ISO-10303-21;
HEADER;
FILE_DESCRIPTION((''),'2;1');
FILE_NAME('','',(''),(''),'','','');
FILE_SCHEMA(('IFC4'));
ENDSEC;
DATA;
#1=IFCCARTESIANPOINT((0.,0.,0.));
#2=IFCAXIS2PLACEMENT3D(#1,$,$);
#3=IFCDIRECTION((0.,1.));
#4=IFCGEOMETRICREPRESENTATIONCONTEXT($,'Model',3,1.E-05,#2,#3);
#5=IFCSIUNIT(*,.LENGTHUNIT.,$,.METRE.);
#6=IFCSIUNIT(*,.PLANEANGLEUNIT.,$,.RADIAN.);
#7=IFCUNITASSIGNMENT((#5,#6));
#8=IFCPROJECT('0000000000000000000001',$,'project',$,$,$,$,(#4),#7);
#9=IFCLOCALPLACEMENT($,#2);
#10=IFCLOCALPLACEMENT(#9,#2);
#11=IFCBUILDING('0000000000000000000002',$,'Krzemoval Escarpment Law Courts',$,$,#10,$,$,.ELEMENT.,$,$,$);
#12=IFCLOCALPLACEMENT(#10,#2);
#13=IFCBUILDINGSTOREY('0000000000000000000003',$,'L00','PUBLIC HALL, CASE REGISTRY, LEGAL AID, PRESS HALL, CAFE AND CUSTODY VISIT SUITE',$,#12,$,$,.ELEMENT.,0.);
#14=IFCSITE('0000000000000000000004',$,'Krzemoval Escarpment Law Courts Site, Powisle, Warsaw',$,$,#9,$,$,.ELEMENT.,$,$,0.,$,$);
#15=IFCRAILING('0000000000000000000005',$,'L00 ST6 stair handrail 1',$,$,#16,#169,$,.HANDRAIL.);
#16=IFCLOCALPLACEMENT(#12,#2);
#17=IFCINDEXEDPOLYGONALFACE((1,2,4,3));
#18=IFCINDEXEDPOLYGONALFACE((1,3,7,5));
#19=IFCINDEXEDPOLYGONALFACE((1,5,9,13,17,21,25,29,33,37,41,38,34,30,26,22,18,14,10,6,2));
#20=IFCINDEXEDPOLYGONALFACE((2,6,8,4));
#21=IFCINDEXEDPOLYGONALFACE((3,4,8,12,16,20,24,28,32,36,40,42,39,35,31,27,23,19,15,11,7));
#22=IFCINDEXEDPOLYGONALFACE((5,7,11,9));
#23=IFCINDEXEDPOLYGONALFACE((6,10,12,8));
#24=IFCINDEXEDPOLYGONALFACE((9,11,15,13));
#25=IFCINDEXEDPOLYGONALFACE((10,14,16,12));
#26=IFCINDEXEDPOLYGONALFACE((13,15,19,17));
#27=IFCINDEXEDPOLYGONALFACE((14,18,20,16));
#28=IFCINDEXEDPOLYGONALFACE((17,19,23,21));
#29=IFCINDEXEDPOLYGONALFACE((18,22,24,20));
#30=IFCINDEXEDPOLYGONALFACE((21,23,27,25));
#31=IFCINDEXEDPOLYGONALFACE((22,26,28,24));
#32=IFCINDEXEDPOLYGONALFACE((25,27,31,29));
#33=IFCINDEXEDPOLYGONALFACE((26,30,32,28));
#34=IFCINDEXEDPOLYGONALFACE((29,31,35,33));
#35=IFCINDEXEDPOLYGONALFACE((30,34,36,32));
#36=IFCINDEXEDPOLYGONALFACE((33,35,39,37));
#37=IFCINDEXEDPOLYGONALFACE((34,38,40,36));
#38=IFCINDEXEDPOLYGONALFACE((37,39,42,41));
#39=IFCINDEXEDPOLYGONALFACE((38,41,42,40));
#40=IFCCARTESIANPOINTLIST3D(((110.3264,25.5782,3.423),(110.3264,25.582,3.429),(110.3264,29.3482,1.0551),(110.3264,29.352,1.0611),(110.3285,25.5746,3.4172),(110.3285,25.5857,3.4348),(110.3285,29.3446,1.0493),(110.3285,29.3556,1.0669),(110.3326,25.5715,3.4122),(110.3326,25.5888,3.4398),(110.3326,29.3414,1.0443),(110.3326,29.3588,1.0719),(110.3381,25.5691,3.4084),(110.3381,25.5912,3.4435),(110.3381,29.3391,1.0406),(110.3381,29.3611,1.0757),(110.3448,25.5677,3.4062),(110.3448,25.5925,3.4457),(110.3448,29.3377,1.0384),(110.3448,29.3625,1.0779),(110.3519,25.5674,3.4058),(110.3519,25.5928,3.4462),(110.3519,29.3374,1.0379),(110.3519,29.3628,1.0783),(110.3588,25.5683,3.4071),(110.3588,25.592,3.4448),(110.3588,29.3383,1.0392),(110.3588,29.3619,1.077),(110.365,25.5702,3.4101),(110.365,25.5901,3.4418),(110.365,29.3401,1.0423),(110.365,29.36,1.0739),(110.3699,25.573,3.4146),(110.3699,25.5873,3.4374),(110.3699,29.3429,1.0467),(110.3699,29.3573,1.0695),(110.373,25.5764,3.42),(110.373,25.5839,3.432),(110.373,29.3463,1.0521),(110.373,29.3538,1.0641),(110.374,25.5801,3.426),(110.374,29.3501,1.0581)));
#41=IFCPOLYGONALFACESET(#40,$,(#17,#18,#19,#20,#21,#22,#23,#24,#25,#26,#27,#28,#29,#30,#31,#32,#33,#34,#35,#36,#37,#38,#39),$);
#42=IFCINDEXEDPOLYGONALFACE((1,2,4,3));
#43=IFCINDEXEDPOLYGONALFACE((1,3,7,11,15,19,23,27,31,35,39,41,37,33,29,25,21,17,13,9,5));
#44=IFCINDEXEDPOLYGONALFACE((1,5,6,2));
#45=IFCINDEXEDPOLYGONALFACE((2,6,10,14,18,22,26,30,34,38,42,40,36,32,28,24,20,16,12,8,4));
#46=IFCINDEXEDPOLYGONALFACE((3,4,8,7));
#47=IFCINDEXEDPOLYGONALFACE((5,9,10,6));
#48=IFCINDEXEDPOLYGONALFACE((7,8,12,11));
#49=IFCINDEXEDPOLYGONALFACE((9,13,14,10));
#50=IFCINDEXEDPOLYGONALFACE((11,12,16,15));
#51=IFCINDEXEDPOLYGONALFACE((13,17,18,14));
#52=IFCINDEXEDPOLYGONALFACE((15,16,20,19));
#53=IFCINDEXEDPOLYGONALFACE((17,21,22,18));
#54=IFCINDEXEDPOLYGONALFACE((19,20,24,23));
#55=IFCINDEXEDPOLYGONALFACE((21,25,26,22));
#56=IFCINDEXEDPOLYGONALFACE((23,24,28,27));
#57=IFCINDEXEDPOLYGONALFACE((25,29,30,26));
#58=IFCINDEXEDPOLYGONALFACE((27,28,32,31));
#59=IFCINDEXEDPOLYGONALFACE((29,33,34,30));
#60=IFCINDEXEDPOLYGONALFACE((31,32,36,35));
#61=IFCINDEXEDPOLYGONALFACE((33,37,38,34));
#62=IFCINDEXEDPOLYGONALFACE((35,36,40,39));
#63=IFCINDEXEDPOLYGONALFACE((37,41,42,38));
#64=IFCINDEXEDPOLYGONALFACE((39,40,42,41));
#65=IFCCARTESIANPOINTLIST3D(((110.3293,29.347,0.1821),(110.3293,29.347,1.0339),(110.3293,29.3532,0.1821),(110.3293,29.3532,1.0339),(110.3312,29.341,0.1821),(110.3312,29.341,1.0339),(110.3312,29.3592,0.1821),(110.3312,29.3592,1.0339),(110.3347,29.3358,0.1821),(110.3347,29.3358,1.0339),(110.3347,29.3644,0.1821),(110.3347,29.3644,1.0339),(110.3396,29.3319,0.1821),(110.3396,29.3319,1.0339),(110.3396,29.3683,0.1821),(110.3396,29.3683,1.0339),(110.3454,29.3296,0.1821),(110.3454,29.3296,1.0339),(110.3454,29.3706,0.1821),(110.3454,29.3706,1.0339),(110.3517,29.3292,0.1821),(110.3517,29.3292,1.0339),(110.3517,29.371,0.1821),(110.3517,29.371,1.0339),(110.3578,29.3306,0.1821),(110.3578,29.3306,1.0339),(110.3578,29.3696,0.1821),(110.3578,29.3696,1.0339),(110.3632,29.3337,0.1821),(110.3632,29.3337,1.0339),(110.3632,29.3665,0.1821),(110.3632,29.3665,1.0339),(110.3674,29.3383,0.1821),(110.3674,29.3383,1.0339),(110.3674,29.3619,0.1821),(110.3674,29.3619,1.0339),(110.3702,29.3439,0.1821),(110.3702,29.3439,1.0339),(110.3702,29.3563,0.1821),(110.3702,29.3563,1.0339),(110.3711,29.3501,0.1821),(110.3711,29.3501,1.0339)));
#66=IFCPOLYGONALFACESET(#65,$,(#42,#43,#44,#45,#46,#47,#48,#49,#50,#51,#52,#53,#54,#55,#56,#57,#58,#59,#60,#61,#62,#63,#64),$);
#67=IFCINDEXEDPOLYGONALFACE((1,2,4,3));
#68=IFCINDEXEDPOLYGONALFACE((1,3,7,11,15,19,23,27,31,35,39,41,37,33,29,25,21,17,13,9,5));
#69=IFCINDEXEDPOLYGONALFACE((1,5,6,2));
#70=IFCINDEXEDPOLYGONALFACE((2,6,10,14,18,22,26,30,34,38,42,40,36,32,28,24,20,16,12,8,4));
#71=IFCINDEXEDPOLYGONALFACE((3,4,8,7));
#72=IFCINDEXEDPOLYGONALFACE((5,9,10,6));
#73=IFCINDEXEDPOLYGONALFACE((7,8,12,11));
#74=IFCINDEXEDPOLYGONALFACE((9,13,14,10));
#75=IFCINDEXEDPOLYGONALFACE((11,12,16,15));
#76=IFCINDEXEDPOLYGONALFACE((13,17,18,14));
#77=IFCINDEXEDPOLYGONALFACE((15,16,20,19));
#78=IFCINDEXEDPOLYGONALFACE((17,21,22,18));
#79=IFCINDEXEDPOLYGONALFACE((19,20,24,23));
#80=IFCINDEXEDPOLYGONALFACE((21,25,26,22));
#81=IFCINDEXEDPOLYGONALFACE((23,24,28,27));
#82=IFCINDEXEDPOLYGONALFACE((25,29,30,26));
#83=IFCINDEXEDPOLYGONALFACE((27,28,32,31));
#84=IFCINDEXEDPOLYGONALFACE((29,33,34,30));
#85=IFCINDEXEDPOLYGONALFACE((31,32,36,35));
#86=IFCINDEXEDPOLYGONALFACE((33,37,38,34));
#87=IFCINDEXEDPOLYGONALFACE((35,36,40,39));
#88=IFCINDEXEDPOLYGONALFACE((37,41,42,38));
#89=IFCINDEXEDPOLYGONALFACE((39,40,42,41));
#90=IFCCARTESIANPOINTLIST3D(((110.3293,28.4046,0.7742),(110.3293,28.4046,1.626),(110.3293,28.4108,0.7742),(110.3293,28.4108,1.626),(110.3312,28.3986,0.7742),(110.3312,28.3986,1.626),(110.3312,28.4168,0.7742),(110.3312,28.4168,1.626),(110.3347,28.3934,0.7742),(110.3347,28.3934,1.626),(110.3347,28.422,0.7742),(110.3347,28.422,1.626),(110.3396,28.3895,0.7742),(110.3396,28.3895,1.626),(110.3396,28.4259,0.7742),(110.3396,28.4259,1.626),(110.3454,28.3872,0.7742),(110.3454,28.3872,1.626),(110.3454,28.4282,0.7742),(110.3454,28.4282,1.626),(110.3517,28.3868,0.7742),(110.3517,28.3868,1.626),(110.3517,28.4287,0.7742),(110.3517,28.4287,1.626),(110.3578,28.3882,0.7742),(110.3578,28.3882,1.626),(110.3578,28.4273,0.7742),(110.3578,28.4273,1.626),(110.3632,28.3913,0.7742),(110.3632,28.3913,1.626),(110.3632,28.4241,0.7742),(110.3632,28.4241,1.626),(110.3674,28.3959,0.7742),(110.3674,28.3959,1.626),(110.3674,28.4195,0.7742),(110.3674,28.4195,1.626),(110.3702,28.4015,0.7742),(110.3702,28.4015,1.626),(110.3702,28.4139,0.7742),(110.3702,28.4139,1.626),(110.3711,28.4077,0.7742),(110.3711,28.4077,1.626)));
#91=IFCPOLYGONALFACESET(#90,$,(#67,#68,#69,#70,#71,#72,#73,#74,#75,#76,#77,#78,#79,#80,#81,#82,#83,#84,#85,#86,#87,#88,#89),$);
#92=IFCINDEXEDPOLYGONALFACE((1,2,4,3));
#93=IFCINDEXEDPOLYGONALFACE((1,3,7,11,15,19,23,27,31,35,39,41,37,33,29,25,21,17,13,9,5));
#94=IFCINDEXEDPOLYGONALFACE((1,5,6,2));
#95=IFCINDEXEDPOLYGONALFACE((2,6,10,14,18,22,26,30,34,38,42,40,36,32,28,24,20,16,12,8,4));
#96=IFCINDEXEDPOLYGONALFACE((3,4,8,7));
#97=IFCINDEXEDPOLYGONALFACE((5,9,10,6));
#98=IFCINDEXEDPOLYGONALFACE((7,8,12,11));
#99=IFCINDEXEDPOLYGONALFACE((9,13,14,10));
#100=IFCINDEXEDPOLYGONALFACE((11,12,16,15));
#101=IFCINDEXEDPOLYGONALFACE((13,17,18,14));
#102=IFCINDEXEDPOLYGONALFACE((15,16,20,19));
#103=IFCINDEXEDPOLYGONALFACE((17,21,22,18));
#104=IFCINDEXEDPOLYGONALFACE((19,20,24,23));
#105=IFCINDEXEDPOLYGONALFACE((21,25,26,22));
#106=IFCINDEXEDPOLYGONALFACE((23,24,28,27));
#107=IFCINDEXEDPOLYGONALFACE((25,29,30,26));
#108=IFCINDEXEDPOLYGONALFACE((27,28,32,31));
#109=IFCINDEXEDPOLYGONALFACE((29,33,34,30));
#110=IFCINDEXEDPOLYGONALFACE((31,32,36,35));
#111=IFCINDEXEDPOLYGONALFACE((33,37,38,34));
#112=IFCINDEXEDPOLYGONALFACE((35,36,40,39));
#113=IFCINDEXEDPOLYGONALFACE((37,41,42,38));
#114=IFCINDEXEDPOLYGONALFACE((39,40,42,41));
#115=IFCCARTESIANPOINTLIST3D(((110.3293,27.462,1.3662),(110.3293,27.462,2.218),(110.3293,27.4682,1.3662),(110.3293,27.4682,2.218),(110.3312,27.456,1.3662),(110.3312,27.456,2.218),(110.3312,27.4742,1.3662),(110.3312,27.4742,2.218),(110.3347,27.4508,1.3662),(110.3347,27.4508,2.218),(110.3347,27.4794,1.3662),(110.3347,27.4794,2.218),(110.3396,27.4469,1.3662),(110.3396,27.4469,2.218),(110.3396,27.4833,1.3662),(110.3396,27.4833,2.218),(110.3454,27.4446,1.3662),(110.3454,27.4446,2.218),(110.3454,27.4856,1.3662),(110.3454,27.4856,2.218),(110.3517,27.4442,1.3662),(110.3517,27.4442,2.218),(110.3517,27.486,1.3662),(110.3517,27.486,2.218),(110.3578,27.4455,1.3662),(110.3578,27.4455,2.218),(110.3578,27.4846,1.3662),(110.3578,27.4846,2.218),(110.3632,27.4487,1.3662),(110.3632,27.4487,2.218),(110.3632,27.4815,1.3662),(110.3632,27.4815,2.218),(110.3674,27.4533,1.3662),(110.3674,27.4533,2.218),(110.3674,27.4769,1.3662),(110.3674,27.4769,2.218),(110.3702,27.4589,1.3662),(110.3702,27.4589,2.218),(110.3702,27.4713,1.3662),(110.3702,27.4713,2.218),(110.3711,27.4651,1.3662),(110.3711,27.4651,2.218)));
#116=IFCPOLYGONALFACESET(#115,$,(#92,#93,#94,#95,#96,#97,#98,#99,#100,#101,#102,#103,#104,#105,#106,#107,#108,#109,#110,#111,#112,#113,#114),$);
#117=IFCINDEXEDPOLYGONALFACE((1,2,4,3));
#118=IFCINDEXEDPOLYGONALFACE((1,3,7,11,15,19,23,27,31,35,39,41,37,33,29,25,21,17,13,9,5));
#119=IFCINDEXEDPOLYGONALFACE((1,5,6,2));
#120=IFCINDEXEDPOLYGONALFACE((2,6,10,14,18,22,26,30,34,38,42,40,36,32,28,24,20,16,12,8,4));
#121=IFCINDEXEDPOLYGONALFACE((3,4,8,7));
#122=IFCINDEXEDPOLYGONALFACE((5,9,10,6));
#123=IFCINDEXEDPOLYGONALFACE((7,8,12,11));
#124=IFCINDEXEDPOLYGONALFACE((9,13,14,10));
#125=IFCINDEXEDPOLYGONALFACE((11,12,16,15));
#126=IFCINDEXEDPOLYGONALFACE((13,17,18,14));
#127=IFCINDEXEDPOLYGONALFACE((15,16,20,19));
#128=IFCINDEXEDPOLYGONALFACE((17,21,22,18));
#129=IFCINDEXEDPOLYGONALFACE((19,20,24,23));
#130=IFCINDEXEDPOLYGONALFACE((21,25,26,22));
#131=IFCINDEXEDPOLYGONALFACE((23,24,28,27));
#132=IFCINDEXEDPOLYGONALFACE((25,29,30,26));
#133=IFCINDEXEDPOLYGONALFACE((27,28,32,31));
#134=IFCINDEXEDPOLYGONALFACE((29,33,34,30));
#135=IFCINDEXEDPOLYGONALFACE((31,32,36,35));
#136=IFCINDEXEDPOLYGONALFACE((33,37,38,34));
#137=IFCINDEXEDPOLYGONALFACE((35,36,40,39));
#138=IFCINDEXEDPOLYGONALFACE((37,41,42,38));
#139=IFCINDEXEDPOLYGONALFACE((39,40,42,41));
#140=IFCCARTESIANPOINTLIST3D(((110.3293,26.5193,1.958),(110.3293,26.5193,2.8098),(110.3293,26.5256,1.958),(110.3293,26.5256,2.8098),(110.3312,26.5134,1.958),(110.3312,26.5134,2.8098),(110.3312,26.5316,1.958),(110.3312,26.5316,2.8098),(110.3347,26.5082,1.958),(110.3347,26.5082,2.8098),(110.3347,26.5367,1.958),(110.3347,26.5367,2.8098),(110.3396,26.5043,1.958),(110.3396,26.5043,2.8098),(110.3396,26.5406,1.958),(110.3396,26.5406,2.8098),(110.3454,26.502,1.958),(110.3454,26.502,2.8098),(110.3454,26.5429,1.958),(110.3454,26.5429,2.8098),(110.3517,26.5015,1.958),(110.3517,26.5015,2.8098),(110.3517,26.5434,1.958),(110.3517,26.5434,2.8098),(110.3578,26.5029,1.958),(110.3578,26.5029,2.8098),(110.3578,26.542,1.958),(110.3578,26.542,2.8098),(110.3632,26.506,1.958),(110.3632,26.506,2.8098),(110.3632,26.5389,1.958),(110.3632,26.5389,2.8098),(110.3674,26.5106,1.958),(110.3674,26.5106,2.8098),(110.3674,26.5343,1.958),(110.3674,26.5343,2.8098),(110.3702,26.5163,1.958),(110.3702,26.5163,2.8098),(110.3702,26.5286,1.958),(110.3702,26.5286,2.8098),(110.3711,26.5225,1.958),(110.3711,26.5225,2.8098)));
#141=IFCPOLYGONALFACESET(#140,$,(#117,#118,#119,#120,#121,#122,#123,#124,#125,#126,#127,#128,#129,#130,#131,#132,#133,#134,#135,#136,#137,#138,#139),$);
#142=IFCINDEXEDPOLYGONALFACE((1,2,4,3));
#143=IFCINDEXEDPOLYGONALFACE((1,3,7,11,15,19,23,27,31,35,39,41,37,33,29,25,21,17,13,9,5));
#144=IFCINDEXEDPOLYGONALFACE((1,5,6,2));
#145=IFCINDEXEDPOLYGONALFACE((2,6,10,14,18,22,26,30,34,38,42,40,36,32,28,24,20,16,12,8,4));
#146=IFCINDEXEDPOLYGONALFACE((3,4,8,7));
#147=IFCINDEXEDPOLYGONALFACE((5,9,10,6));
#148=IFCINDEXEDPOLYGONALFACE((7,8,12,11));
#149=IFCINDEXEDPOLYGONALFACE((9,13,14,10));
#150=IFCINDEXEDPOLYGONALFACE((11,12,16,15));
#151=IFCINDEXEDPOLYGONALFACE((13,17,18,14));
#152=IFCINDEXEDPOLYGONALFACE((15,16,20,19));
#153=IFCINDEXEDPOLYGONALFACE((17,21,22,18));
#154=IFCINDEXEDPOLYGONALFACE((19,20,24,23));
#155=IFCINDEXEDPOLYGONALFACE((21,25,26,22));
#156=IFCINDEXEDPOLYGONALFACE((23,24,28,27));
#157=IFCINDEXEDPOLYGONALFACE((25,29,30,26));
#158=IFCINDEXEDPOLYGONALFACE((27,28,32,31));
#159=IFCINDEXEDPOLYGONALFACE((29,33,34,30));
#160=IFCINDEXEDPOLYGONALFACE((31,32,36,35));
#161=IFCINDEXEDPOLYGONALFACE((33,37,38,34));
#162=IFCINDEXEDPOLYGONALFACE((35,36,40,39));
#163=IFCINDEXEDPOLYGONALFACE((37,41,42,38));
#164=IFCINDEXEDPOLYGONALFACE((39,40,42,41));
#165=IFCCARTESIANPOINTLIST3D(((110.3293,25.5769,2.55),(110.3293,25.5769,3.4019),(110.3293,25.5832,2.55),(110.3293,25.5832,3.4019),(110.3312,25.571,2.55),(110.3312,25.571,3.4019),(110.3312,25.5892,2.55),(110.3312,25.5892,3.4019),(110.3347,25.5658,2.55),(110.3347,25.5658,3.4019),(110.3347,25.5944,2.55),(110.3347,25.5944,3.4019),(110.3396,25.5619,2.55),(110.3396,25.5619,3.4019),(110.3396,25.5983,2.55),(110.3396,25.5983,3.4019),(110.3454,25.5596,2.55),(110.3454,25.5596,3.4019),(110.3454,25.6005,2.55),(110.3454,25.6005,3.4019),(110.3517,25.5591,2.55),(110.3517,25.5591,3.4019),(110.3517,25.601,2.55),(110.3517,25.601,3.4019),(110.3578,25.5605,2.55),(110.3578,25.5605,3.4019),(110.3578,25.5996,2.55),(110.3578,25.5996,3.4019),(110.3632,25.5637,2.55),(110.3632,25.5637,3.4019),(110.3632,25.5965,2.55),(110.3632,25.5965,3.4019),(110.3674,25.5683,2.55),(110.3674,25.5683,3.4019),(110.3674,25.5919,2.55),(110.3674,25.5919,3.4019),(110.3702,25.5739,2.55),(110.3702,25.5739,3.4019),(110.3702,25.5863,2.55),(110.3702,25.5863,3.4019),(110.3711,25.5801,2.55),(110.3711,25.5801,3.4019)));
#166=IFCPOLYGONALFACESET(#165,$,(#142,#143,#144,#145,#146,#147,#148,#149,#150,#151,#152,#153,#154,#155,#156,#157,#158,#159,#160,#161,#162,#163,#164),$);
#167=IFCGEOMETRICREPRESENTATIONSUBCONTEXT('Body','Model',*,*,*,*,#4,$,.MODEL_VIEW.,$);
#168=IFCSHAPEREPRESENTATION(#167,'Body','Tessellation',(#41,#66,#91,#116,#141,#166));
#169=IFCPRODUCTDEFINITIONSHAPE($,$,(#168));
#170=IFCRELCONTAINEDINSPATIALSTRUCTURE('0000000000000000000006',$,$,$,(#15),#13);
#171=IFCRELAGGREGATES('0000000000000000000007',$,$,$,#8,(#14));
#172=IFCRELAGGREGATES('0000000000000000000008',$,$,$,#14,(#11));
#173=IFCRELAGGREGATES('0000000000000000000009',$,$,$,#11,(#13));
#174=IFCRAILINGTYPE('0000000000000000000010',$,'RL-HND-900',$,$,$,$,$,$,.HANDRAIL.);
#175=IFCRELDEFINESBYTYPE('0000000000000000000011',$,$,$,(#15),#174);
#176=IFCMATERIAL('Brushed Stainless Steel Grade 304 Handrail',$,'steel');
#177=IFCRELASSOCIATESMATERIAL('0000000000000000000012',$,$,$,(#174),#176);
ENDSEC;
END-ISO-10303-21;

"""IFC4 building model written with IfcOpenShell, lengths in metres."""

from ifc_helpers import new_model, si_unit, direction, frame, origin, origin_2d, place, context, subcontext, project, spatial, circle, extrude, material, type_object, element, save


model = new_model("IFC4")

# Units and contexts
model_context = context("Model", 3, precision=1e-05, world=origin(), true_north=direction((0.0, 1.0)))
body_context = subcontext(model_context, "Body", "Model", "MODEL_VIEW")
ifc_project = project(units=[si_unit("LENGTHUNIT", "METRE"), si_unit("PLANEANGLEUNIT", "RADIAN")], contexts=[model_context])

# Site, building, storey
site_placement = place(None, origin())
site = spatial("IfcSite", under=ifc_project, at=site_placement, Name="Krzemoval Escarpment Law Courts Site, Powisle, Warsaw", CompositionType="ELEMENT", RefElevation=0.0)
building_placement = place(site_placement, origin())
building = spatial("IfcBuilding", under=site, at=building_placement, Name="Krzemoval Escarpment Law Courts", CompositionType="ELEMENT")
storey_placement = place(building_placement, origin())
storey = spatial("IfcBuildingStorey", under=building, at=storey_placement, Name="L00", Description="PUBLIC HALL, CASE REGISTRY, LEGAL AID, PRESS HALL, CAFE AND CUSTODY VISIT SUITE", CompositionType="ELEMENT", Elevation=0.0)

# Railing
ifc_material_1 = material(Name="Brushed Stainless Steel Grade 304 Handrail", Category="steel")
railing_type_1 = type_object("IfcRailingType", Name="RL-HND-900", PredefinedType="HANDRAIL", material=ifc_material_1)
railing_1_placement = place(storey_placement, frame((110.3501, 29.3501, 0.1821)))
element("IfcRailing", 1, at=railing_1_placement, inside=storey, type_object=railing_type_1, Name="L00 ST6 stair handrail 1", PredefinedType="HANDRAIL", context=body_context, shape_type="SweptSolid", body=[
    extrude(circle(Radius=0.0239, at=origin_2d()), frame((0.0, 0.0, 0.876), z_axis=(0.0, -0.846819, 0.531881), x_axis=(1.0, 0.0, 0.0)), (0.0, 0.0, 1.0), 4.4519),
    extrude(circle(Radius=0.021, at=origin_2d()), origin(), (0.0, 0.0, 1.0), 0.8518),
    extrude(circle(Radius=0.021, at=origin_2d()), frame((0.0, -0.9424, 0.592)), (0.0, 0.0, 1.0), 0.8518),
    extrude(circle(Radius=0.021, at=origin_2d()), frame((0.0, -1.885, 1.1841)), (0.0, 0.0, 1.0), 0.8518),
    extrude(circle(Radius=0.021, at=origin_2d()), frame((0.0, -2.8276, 1.7759)), (0.0, 0.0, 1.0), 0.8518),
    extrude(circle(Radius=0.021, at=origin_2d()), frame((0.0, -3.77, 2.3679)), (0.0, 0.0, 1.0), 0.8518),
])

save(model, "model.ifc")
